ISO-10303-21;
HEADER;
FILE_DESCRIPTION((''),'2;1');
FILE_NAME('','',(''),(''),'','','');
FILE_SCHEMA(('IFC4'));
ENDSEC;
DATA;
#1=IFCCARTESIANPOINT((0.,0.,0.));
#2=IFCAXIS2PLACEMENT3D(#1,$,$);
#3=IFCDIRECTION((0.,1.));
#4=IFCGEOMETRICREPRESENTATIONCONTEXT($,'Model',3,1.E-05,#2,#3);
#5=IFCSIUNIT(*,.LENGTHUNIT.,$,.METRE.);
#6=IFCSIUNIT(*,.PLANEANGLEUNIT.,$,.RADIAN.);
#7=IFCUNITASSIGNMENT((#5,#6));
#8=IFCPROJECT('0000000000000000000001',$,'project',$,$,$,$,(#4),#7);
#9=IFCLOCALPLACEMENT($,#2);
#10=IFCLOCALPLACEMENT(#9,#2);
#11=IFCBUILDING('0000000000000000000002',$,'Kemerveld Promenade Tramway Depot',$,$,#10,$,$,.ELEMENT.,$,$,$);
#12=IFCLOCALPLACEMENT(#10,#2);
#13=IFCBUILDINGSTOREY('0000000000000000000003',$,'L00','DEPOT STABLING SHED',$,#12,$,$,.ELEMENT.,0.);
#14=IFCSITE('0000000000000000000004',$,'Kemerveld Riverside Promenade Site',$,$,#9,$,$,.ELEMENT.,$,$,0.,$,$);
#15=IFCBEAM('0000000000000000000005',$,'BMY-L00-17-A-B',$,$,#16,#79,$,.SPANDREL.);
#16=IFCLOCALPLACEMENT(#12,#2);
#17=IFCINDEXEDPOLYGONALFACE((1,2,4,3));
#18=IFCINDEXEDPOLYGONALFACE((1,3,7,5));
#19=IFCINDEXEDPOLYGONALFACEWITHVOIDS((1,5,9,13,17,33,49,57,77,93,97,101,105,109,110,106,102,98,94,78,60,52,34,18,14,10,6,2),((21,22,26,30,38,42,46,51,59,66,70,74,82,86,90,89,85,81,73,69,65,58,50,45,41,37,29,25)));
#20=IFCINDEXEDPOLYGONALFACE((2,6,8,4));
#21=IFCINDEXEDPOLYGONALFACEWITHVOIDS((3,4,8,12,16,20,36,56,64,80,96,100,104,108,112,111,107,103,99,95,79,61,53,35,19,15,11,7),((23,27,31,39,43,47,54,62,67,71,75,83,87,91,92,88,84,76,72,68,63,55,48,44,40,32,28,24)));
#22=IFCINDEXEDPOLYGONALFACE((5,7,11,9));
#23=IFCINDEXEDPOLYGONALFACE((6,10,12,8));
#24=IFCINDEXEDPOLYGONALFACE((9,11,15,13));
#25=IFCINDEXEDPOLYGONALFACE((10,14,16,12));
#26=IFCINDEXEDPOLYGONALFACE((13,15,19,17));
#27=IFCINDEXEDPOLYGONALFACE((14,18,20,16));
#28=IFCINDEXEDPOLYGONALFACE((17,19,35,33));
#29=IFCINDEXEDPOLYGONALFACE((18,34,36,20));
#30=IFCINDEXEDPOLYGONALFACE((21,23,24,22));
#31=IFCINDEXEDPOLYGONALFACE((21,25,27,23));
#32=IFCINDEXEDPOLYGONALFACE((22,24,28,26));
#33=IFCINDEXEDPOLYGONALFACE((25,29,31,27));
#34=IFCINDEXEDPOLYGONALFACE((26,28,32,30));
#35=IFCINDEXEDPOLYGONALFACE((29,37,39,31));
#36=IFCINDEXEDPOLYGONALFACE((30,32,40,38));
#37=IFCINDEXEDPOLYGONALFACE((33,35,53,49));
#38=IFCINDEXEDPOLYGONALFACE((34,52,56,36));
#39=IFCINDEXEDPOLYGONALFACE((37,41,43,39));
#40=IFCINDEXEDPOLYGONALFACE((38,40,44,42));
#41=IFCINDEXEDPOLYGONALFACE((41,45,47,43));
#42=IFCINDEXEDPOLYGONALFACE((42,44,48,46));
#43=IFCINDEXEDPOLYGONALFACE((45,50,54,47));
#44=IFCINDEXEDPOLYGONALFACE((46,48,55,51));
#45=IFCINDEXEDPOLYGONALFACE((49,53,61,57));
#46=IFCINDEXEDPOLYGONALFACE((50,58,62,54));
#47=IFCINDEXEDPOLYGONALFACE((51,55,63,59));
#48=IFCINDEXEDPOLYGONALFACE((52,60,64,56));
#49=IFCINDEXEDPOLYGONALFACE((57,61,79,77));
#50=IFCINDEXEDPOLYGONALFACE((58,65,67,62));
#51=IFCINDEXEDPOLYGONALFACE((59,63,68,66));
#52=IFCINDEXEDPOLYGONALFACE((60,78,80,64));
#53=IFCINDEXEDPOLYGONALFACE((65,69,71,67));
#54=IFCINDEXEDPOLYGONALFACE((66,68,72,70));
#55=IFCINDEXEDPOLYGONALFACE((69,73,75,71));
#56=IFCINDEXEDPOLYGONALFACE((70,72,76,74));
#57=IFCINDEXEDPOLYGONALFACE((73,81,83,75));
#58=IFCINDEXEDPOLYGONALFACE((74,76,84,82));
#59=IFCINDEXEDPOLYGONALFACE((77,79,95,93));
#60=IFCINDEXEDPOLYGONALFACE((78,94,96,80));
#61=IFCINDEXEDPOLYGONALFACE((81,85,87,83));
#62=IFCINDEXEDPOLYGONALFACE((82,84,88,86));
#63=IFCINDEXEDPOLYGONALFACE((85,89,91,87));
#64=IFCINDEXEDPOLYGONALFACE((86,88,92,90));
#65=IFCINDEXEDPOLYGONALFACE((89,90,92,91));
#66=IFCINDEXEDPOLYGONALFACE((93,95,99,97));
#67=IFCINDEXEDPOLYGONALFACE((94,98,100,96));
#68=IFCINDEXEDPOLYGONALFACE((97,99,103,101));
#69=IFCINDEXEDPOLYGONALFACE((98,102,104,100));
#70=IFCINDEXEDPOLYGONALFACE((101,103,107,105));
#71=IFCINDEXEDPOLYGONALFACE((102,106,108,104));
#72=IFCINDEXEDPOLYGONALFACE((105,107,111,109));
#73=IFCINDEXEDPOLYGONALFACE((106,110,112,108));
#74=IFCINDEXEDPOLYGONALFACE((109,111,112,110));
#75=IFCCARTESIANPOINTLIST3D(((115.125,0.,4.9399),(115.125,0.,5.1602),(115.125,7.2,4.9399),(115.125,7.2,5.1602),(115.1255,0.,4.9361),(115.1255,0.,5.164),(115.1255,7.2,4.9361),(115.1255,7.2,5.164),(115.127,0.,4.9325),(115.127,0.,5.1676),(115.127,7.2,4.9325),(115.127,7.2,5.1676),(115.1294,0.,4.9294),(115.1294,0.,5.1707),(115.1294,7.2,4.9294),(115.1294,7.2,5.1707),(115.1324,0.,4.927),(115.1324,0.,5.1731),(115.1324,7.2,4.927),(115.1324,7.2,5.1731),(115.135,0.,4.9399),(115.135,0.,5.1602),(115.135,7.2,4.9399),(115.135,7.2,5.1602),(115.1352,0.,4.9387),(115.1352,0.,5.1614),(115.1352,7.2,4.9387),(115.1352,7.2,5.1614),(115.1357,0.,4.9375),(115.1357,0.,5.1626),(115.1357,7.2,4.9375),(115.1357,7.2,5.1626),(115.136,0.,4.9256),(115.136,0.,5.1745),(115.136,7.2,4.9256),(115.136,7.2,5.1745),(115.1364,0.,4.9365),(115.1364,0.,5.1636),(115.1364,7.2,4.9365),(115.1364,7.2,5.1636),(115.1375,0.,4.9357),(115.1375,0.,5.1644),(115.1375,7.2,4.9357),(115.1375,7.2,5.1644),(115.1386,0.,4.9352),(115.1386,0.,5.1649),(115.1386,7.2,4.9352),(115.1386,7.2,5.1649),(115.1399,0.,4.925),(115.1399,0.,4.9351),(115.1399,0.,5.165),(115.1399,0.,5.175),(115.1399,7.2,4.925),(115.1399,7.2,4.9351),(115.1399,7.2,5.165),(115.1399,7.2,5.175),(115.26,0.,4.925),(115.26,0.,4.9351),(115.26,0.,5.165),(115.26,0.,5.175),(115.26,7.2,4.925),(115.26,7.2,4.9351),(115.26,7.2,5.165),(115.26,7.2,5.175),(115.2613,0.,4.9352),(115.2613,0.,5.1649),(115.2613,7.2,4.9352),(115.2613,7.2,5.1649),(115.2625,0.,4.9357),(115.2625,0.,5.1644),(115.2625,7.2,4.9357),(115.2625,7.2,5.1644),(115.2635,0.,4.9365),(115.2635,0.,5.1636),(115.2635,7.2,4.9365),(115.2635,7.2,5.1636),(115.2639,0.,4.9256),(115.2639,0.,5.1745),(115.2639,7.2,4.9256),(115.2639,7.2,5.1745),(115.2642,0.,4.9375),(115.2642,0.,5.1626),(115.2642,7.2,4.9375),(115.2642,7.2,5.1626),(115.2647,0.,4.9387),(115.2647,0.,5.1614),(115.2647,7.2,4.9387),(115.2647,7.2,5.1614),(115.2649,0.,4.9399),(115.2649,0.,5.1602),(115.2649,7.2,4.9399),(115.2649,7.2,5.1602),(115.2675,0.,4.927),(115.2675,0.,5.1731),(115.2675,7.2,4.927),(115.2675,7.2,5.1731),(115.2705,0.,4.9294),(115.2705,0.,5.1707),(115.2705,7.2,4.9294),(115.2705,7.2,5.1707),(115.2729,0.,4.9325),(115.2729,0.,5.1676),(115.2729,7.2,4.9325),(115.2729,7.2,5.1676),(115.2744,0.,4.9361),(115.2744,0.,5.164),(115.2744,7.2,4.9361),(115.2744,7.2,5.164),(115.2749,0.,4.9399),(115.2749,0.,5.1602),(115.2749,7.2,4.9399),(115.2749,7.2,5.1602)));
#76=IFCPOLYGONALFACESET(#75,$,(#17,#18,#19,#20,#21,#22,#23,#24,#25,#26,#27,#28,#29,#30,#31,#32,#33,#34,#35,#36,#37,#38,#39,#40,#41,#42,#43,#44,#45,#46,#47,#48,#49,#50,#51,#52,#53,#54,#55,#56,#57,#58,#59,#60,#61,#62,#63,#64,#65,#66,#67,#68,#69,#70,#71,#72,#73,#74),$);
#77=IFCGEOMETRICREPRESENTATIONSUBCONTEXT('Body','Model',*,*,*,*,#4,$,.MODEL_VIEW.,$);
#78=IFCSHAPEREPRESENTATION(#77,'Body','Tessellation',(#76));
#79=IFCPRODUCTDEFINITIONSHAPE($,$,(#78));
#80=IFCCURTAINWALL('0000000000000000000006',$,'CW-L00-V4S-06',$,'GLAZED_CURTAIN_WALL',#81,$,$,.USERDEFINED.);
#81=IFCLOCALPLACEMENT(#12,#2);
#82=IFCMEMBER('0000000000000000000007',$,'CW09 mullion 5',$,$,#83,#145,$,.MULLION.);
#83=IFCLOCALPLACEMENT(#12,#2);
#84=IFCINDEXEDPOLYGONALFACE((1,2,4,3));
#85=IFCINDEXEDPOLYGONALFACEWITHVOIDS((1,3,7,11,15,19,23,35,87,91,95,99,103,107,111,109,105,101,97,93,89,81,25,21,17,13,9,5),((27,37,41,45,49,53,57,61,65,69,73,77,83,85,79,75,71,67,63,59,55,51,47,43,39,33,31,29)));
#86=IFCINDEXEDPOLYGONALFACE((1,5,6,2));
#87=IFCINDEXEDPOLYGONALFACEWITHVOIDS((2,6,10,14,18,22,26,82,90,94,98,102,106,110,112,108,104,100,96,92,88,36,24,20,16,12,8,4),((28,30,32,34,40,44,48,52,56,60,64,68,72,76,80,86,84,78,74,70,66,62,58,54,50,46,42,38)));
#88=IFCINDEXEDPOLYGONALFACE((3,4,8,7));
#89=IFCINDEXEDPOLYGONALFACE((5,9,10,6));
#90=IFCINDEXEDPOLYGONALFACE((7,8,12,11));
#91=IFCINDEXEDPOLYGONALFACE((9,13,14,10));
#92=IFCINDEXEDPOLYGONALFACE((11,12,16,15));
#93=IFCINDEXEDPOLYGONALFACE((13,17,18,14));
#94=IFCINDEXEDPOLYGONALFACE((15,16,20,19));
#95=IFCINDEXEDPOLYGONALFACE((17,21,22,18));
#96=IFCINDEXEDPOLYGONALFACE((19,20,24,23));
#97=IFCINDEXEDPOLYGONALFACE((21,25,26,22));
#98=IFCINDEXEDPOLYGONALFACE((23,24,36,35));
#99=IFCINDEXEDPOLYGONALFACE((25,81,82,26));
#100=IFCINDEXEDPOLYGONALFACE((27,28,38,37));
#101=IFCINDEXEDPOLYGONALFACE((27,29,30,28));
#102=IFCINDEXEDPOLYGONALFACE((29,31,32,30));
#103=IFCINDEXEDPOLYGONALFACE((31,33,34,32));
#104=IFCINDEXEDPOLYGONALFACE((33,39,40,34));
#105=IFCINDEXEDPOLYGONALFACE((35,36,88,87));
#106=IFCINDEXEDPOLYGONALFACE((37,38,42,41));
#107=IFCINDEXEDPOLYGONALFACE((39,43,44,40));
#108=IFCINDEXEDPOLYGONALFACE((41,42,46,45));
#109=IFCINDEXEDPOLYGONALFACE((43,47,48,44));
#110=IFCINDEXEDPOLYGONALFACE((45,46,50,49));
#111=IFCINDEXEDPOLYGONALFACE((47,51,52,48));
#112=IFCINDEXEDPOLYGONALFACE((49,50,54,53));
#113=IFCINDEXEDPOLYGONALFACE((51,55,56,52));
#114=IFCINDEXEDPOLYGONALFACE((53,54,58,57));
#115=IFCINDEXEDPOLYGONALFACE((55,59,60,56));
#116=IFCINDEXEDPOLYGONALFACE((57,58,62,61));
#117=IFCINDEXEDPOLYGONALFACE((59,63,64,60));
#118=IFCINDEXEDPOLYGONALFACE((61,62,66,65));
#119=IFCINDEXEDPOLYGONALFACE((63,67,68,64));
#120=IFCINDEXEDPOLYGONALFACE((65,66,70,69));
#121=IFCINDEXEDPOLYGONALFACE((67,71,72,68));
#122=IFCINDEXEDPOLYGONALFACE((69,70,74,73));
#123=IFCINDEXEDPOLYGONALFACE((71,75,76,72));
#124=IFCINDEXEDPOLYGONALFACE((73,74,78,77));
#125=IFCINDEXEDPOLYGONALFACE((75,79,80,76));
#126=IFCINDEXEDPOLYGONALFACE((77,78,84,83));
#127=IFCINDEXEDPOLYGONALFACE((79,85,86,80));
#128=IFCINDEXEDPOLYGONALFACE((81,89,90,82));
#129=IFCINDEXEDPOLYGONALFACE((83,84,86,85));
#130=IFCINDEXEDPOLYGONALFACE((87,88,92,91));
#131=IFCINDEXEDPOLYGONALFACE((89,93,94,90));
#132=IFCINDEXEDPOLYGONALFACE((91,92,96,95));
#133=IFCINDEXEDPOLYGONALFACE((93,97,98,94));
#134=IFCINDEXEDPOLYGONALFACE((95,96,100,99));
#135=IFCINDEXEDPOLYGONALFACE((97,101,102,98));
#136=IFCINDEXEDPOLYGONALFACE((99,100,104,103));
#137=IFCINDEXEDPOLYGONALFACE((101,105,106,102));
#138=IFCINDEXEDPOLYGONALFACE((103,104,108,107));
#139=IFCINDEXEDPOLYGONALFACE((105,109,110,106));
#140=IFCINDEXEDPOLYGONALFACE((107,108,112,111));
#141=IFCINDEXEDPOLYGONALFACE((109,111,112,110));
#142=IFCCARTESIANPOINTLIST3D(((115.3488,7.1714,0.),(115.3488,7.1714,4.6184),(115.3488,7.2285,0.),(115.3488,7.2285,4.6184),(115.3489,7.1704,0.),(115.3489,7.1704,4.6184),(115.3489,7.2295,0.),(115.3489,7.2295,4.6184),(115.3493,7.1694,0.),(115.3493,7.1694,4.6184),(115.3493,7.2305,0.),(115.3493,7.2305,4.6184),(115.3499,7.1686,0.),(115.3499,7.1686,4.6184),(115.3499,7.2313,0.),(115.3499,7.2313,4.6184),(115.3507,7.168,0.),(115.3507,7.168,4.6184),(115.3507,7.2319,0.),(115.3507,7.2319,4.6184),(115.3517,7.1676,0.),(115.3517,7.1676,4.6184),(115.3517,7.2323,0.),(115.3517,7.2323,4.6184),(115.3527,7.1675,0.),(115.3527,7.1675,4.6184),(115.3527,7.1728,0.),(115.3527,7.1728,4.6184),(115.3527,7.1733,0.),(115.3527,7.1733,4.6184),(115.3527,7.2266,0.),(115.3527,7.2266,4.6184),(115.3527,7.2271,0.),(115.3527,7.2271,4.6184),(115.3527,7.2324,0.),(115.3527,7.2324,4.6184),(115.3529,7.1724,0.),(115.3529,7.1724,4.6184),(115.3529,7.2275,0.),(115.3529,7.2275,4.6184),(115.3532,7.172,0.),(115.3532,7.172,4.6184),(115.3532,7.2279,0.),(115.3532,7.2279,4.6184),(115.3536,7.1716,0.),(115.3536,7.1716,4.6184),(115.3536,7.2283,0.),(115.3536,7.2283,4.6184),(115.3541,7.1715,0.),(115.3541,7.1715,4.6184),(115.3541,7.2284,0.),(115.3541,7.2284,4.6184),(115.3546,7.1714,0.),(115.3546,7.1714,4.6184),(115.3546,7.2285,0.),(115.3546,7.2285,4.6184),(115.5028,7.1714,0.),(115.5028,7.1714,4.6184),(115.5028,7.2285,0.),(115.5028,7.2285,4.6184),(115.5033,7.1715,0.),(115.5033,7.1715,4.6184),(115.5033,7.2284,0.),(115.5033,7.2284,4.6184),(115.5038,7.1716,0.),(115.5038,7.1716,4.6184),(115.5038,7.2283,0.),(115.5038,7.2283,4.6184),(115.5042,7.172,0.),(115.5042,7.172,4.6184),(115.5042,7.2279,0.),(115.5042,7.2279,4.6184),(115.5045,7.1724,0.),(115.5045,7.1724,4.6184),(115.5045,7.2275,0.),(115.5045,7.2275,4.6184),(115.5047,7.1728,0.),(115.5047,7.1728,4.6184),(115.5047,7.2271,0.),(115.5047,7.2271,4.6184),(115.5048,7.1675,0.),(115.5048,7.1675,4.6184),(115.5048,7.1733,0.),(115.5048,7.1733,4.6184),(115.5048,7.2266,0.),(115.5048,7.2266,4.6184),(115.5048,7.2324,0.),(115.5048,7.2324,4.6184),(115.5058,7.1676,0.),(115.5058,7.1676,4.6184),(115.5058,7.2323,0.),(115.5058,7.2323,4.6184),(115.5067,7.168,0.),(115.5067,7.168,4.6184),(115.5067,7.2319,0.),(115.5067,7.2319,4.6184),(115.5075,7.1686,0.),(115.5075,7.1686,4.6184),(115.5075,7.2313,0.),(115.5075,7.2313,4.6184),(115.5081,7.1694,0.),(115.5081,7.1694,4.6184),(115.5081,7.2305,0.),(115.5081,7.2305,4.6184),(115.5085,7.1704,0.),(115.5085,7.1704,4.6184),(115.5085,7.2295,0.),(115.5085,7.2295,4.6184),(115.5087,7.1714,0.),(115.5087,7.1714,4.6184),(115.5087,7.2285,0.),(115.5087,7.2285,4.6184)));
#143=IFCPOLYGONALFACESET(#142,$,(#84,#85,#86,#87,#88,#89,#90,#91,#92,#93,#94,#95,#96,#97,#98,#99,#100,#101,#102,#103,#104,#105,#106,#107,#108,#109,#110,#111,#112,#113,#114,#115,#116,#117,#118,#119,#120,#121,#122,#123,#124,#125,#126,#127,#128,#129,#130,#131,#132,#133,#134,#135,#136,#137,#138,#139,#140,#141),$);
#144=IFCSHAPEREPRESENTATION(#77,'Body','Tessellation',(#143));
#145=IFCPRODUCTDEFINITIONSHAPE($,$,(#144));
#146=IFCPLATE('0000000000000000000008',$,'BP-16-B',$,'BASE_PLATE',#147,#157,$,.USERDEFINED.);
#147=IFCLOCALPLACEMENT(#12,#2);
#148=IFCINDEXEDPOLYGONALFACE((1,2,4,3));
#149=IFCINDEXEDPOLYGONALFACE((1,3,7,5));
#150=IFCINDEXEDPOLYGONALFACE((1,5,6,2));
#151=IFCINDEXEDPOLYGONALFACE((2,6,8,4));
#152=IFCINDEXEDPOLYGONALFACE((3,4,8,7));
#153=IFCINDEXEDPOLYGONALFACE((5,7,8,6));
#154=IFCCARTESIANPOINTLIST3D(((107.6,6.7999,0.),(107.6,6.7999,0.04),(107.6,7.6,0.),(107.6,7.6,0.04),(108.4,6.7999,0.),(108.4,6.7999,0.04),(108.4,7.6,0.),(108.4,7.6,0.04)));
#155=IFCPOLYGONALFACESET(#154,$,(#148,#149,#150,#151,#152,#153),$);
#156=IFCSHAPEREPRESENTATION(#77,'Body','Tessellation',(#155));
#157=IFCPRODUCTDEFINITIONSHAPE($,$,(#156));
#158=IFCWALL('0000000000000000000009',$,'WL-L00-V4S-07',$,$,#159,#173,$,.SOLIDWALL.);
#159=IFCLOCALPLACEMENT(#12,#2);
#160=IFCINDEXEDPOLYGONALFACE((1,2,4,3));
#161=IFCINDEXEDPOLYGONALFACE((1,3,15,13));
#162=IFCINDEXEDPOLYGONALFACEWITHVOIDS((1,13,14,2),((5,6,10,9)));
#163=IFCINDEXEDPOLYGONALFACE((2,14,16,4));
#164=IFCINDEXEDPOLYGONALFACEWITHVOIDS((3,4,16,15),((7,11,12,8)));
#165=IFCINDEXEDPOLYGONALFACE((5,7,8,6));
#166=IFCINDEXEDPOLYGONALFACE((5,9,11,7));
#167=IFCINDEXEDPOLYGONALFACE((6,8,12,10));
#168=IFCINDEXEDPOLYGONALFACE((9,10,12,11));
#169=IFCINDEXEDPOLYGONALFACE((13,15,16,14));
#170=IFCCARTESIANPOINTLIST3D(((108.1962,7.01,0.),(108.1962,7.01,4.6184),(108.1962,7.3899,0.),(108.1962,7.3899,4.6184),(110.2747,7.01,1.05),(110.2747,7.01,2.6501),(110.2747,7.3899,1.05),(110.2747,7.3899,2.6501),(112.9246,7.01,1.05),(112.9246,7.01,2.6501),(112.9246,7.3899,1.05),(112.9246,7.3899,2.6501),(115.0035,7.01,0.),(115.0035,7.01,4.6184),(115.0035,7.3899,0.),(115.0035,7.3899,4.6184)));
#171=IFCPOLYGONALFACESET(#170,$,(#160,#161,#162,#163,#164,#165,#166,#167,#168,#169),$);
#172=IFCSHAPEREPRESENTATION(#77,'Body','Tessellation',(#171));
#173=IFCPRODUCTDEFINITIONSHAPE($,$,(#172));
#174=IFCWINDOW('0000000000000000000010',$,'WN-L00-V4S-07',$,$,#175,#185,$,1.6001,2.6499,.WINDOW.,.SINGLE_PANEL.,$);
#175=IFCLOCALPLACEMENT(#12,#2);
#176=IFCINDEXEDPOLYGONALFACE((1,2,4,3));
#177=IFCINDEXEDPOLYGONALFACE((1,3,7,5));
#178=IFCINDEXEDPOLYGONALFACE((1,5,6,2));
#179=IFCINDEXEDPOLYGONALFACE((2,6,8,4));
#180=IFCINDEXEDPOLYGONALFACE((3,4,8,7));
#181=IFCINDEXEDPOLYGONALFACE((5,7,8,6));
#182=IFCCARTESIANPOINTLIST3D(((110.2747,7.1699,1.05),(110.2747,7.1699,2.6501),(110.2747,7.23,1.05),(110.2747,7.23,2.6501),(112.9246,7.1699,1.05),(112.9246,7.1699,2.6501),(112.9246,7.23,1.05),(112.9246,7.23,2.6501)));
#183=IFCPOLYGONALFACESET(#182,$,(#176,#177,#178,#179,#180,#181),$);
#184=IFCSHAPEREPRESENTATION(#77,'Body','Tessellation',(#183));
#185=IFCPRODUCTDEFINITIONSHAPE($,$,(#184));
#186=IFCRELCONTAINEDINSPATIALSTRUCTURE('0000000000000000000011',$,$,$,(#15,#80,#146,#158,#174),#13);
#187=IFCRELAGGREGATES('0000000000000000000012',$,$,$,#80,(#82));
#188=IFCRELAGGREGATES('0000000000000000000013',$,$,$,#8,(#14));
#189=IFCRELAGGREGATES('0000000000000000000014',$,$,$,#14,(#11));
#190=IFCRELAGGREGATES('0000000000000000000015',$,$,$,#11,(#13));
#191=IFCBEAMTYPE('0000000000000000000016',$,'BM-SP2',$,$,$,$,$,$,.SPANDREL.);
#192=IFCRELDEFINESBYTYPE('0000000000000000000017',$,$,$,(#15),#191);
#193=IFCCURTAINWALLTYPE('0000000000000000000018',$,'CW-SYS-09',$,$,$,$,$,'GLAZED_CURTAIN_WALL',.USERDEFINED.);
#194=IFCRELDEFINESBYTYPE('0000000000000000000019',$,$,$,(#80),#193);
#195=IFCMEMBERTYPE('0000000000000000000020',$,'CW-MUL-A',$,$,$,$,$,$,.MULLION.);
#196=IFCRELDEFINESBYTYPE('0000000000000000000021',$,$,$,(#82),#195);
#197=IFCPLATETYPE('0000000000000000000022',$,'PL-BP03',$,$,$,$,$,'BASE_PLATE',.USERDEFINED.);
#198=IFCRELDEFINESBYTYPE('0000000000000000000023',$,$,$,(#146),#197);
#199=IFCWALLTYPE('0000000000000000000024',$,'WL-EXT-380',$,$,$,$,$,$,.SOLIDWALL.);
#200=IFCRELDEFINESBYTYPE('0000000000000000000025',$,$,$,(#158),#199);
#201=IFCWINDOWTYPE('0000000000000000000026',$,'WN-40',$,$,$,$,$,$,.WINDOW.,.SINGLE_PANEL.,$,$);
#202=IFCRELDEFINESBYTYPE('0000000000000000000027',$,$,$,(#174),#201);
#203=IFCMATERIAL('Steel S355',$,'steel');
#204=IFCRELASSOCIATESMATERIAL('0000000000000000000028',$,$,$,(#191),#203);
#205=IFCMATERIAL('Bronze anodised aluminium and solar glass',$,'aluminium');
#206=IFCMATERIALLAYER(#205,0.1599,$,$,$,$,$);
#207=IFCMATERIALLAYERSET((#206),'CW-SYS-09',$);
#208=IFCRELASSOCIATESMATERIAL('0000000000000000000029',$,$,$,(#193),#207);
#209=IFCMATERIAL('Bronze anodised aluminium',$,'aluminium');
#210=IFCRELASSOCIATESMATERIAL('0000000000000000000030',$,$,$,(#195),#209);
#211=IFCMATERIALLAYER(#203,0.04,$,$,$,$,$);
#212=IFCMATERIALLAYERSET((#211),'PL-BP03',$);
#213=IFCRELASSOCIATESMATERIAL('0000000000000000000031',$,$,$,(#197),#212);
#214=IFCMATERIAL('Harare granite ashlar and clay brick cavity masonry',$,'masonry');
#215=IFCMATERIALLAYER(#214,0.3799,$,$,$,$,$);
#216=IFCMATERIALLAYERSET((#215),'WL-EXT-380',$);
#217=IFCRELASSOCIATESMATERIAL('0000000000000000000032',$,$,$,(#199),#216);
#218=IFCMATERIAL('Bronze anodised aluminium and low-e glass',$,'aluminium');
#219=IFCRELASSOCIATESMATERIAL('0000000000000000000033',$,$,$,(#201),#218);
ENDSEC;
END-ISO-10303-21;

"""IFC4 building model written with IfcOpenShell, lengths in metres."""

from ifc_helpers import new_model, si_unit, direction, frame, frame_2d, origin, origin_2d, place, context, subcontext, project, spatial, rectangle, hollow_rectangle, extrude, material, layer, layer_set, material_profile, profile_set, type_object, element, fill, aggregate, save


model = new_model("IFC4")

# Units and contexts
model_context = context("Model", 3, precision=1e-05, world=origin(), true_north=direction((0.0, 1.0)))
body_context = subcontext(model_context, "Body", "Model", "MODEL_VIEW")
ifc_project = project(units=[si_unit("LENGTHUNIT", "METRE"), si_unit("PLANEANGLEUNIT", "RADIAN")], contexts=[model_context])

# Site, building, storey
site_placement = place(None, origin())
site = spatial("IfcSite", under=ifc_project, at=site_placement, Name="Kemerveld Riverside Promenade Site", CompositionType="ELEMENT", RefElevation=0.0)
building_placement = place(site_placement, origin())
building = spatial("IfcBuilding", under=site, at=building_placement, Name="Kemerveld Promenade Tramway Depot", CompositionType="ELEMENT")
storey_placement = place(building_placement, origin())
storey = spatial("IfcBuildingStorey", under=building, at=storey_placement, Name="L00", Description="DEPOT STABLING SHED", CompositionType="ELEMENT", Elevation=0.0)

# Shared definitions
ifc_material_1 = material(Name="Steel S355", Category="steel")

# Beam
ifc_material_profile_1 = material_profile(ifc_material_1, hollow_rectangle(XDim=0.1499, YDim=0.25, WallThickness=0.01, InnerFilletRadius=0.0049, OuterFilletRadius=0.0149, at=origin_2d()), Name="250x150x10.0 RHS")
ifc_profile_set_1 = profile_set([ifc_material_profile_1], Name="Steel S355")
beam_type_1 = type_object("IfcBeamType", Name="BM-SP2", PredefinedType="SPANDREL", material=ifc_profile_set_1)
beam_1_placement = place(storey_placement, frame((115.2, 0.0, 5.05), z_axis=(0.0, 1.0, 0.0), x_axis=(-1.0, 0.0, 0.0)))
element("IfcBeam", 1, at=beam_1_placement, inside=storey, type_object=beam_type_1, Name="BMY-L00-17-A-B", PredefinedType="SPANDREL", context=body_context, shape_type="SweptSolid", body=[
    extrude(hollow_rectangle(XDim=0.1499, YDim=0.25, WallThickness=0.01, InnerFilletRadius=0.0049, OuterFilletRadius=0.0149, at=origin_2d()), origin(), (0.0, 0.0, 1.0), 7.2),
])

# Curtain wall, member
ifc_material_2 = material(Name="Bronze anodised aluminium and solar glass", Category="aluminium")
ifc_layer_1 = layer(ifc_material_2, 0.1599)
ifc_layer_set_1 = layer_set([ifc_layer_1], Name="CW-SYS-09")
curtain_wall_type = type_object("IfcCurtainWallType", Name="CW-SYS-09", ElementType="GLAZED_CURTAIN_WALL", PredefinedType="USERDEFINED", material=ifc_layer_set_1)
curtain_wall_placement = place(storey_placement, origin())
curtain_wall = element("IfcCurtainWall", 2, at=curtain_wall_placement, inside=storey, type_object=curtain_wall_type, Name="CW-L00-V4S-06", ObjectType="GLAZED_CURTAIN_WALL", PredefinedType="USERDEFINED")
ifc_material_3 = material(Name="Bronze anodised aluminium", Category="aluminium")
ifc_material_profile_2 = material_profile(ifc_material_3, hollow_rectangle(XDim=0.0649, YDim=0.1599, WallThickness=0.0039, InnerFilletRadius=0.002, OuterFilletRadius=0.0039, at=origin_2d()), Name="CW-MUL-160x65")
ifc_profile_set_2 = profile_set([ifc_material_profile_2], Name="Bronze anodised aluminium")
member_type = type_object("IfcMemberType", Name="CW-MUL-A", PredefinedType="MULLION", material=ifc_profile_set_2)
member_placement = place(storey_placement, frame((115.4287, 7.2, 0.0), z_axis=(0.0, 0.0, 1.0), x_axis=(0.0, -1.0, 0.0)))
member = element("IfcMember", 3, at=member_placement, type_object=member_type, Name="CW09 mullion 5", PredefinedType="MULLION", context=body_context, shape_type="SweptSolid", body=[
    extrude(hollow_rectangle(XDim=0.0649, YDim=0.1599, WallThickness=0.0039, InnerFilletRadius=0.002, OuterFilletRadius=0.0039, at=origin_2d()), origin(), (0.0, 0.0, 1.0), 4.6184),
])
aggregate(curtain_wall, [member])

# Plate
ifc_layer_2 = layer(ifc_material_1, 0.04)
ifc_layer_set_2 = layer_set([ifc_layer_2], Name="PL-BP03")
plate_type = type_object("IfcPlateType", Name="PL-BP03", ElementType="BASE_PLATE", PredefinedType="USERDEFINED", material=ifc_layer_set_2)
plate_placement = place(storey_placement, frame((108.0, 7.2, 0.0), z_axis=(0.0, 0.0, 1.0), x_axis=(1.0, 0.0, 0.0)))
element("IfcPlate", 4, at=plate_placement, inside=storey, type_object=plate_type, Name="BP-16-B", ObjectType="BASE_PLATE", PredefinedType="USERDEFINED", context=body_context, shape_type="SweptSolid", body=[
    extrude(rectangle(XDim=0.8, YDim=0.8, at=origin_2d()), origin(), (0.0, 0.0, 1.0), 0.04),
])

# Wall, opening, window
ifc_material_4 = material(Name="Harare granite ashlar and clay brick cavity masonry", Category="masonry")
ifc_layer_3 = layer(ifc_material_4, 0.3799)
ifc_layer_set_3 = layer_set([ifc_layer_3], Name="WL-EXT-380")
wall_type = type_object("IfcWallType", Name="WL-EXT-380", PredefinedType="SOLIDWALL", material=ifc_layer_set_3)
wall_placement = place(storey_placement, frame((115.0037, 7.2, 0.0), z_axis=(0.0, 0.0, 1.0), x_axis=(-1.0, 0.0, 0.0)))
wall = element("IfcWall", 5, at=wall_placement, inside=storey, type_object=wall_type, Name="WL-L00-V4S-07", PredefinedType="SOLIDWALL", context=body_context, shape_type="SweptSolid", body=[
    extrude(rectangle(XDim=6.8074, YDim=0.3799, at=frame_2d((3.4038, 0.0))), origin(), (0.0, 0.0, 1.0), 4.6184),
])
opening_placement = place(wall_placement, frame((2.0791, 0.0, 1.05)))
opening = element("IfcOpeningElement", 6, at=opening_placement, cuts=wall, PredefinedType="OPENING", context=body_context, shape_type="SweptSolid", body=[
    extrude(rectangle(XDim=2.6499, YDim=1.6001, at=frame_2d((1.325, 0.8))), frame((0.0, 0.2, 0.0), z_axis=(0.0, -1.0, 0.0), x_axis=(1.0, 0.0, 0.0)), (0.0, 0.0, 1.0), 0.3999),
])
ifc_material_5 = material(Name="Bronze anodised aluminium and low-e glass", Category="aluminium")
window_type = type_object("IfcWindowType", Name="WN-40", PartitioningType="SINGLE_PANEL", PredefinedType="WINDOW", material=ifc_material_5)
window_placement = place(opening_placement, origin())
window = element("IfcWindow", 7, at=window_placement, inside=storey, type_object=window_type, Name="WN-L00-V4S-07", OverallHeight=1.6001, OverallWidth=2.6499, PartitioningType="SINGLE_PANEL", PredefinedType="WINDOW", context=body_context, shape_type="SweptSolid", body=[
    extrude(rectangle(XDim=2.6499, YDim=1.6001, at=frame_2d((1.325, 0.8))), frame((0.0, 0.03, 0.0), z_axis=(0.0, -1.0, 0.0), x_axis=(1.0, 0.0, 0.0)), (0.0, 0.0, 1.0), 0.0601),
])
fill(opening, window)

save(model, "model.ifc")
